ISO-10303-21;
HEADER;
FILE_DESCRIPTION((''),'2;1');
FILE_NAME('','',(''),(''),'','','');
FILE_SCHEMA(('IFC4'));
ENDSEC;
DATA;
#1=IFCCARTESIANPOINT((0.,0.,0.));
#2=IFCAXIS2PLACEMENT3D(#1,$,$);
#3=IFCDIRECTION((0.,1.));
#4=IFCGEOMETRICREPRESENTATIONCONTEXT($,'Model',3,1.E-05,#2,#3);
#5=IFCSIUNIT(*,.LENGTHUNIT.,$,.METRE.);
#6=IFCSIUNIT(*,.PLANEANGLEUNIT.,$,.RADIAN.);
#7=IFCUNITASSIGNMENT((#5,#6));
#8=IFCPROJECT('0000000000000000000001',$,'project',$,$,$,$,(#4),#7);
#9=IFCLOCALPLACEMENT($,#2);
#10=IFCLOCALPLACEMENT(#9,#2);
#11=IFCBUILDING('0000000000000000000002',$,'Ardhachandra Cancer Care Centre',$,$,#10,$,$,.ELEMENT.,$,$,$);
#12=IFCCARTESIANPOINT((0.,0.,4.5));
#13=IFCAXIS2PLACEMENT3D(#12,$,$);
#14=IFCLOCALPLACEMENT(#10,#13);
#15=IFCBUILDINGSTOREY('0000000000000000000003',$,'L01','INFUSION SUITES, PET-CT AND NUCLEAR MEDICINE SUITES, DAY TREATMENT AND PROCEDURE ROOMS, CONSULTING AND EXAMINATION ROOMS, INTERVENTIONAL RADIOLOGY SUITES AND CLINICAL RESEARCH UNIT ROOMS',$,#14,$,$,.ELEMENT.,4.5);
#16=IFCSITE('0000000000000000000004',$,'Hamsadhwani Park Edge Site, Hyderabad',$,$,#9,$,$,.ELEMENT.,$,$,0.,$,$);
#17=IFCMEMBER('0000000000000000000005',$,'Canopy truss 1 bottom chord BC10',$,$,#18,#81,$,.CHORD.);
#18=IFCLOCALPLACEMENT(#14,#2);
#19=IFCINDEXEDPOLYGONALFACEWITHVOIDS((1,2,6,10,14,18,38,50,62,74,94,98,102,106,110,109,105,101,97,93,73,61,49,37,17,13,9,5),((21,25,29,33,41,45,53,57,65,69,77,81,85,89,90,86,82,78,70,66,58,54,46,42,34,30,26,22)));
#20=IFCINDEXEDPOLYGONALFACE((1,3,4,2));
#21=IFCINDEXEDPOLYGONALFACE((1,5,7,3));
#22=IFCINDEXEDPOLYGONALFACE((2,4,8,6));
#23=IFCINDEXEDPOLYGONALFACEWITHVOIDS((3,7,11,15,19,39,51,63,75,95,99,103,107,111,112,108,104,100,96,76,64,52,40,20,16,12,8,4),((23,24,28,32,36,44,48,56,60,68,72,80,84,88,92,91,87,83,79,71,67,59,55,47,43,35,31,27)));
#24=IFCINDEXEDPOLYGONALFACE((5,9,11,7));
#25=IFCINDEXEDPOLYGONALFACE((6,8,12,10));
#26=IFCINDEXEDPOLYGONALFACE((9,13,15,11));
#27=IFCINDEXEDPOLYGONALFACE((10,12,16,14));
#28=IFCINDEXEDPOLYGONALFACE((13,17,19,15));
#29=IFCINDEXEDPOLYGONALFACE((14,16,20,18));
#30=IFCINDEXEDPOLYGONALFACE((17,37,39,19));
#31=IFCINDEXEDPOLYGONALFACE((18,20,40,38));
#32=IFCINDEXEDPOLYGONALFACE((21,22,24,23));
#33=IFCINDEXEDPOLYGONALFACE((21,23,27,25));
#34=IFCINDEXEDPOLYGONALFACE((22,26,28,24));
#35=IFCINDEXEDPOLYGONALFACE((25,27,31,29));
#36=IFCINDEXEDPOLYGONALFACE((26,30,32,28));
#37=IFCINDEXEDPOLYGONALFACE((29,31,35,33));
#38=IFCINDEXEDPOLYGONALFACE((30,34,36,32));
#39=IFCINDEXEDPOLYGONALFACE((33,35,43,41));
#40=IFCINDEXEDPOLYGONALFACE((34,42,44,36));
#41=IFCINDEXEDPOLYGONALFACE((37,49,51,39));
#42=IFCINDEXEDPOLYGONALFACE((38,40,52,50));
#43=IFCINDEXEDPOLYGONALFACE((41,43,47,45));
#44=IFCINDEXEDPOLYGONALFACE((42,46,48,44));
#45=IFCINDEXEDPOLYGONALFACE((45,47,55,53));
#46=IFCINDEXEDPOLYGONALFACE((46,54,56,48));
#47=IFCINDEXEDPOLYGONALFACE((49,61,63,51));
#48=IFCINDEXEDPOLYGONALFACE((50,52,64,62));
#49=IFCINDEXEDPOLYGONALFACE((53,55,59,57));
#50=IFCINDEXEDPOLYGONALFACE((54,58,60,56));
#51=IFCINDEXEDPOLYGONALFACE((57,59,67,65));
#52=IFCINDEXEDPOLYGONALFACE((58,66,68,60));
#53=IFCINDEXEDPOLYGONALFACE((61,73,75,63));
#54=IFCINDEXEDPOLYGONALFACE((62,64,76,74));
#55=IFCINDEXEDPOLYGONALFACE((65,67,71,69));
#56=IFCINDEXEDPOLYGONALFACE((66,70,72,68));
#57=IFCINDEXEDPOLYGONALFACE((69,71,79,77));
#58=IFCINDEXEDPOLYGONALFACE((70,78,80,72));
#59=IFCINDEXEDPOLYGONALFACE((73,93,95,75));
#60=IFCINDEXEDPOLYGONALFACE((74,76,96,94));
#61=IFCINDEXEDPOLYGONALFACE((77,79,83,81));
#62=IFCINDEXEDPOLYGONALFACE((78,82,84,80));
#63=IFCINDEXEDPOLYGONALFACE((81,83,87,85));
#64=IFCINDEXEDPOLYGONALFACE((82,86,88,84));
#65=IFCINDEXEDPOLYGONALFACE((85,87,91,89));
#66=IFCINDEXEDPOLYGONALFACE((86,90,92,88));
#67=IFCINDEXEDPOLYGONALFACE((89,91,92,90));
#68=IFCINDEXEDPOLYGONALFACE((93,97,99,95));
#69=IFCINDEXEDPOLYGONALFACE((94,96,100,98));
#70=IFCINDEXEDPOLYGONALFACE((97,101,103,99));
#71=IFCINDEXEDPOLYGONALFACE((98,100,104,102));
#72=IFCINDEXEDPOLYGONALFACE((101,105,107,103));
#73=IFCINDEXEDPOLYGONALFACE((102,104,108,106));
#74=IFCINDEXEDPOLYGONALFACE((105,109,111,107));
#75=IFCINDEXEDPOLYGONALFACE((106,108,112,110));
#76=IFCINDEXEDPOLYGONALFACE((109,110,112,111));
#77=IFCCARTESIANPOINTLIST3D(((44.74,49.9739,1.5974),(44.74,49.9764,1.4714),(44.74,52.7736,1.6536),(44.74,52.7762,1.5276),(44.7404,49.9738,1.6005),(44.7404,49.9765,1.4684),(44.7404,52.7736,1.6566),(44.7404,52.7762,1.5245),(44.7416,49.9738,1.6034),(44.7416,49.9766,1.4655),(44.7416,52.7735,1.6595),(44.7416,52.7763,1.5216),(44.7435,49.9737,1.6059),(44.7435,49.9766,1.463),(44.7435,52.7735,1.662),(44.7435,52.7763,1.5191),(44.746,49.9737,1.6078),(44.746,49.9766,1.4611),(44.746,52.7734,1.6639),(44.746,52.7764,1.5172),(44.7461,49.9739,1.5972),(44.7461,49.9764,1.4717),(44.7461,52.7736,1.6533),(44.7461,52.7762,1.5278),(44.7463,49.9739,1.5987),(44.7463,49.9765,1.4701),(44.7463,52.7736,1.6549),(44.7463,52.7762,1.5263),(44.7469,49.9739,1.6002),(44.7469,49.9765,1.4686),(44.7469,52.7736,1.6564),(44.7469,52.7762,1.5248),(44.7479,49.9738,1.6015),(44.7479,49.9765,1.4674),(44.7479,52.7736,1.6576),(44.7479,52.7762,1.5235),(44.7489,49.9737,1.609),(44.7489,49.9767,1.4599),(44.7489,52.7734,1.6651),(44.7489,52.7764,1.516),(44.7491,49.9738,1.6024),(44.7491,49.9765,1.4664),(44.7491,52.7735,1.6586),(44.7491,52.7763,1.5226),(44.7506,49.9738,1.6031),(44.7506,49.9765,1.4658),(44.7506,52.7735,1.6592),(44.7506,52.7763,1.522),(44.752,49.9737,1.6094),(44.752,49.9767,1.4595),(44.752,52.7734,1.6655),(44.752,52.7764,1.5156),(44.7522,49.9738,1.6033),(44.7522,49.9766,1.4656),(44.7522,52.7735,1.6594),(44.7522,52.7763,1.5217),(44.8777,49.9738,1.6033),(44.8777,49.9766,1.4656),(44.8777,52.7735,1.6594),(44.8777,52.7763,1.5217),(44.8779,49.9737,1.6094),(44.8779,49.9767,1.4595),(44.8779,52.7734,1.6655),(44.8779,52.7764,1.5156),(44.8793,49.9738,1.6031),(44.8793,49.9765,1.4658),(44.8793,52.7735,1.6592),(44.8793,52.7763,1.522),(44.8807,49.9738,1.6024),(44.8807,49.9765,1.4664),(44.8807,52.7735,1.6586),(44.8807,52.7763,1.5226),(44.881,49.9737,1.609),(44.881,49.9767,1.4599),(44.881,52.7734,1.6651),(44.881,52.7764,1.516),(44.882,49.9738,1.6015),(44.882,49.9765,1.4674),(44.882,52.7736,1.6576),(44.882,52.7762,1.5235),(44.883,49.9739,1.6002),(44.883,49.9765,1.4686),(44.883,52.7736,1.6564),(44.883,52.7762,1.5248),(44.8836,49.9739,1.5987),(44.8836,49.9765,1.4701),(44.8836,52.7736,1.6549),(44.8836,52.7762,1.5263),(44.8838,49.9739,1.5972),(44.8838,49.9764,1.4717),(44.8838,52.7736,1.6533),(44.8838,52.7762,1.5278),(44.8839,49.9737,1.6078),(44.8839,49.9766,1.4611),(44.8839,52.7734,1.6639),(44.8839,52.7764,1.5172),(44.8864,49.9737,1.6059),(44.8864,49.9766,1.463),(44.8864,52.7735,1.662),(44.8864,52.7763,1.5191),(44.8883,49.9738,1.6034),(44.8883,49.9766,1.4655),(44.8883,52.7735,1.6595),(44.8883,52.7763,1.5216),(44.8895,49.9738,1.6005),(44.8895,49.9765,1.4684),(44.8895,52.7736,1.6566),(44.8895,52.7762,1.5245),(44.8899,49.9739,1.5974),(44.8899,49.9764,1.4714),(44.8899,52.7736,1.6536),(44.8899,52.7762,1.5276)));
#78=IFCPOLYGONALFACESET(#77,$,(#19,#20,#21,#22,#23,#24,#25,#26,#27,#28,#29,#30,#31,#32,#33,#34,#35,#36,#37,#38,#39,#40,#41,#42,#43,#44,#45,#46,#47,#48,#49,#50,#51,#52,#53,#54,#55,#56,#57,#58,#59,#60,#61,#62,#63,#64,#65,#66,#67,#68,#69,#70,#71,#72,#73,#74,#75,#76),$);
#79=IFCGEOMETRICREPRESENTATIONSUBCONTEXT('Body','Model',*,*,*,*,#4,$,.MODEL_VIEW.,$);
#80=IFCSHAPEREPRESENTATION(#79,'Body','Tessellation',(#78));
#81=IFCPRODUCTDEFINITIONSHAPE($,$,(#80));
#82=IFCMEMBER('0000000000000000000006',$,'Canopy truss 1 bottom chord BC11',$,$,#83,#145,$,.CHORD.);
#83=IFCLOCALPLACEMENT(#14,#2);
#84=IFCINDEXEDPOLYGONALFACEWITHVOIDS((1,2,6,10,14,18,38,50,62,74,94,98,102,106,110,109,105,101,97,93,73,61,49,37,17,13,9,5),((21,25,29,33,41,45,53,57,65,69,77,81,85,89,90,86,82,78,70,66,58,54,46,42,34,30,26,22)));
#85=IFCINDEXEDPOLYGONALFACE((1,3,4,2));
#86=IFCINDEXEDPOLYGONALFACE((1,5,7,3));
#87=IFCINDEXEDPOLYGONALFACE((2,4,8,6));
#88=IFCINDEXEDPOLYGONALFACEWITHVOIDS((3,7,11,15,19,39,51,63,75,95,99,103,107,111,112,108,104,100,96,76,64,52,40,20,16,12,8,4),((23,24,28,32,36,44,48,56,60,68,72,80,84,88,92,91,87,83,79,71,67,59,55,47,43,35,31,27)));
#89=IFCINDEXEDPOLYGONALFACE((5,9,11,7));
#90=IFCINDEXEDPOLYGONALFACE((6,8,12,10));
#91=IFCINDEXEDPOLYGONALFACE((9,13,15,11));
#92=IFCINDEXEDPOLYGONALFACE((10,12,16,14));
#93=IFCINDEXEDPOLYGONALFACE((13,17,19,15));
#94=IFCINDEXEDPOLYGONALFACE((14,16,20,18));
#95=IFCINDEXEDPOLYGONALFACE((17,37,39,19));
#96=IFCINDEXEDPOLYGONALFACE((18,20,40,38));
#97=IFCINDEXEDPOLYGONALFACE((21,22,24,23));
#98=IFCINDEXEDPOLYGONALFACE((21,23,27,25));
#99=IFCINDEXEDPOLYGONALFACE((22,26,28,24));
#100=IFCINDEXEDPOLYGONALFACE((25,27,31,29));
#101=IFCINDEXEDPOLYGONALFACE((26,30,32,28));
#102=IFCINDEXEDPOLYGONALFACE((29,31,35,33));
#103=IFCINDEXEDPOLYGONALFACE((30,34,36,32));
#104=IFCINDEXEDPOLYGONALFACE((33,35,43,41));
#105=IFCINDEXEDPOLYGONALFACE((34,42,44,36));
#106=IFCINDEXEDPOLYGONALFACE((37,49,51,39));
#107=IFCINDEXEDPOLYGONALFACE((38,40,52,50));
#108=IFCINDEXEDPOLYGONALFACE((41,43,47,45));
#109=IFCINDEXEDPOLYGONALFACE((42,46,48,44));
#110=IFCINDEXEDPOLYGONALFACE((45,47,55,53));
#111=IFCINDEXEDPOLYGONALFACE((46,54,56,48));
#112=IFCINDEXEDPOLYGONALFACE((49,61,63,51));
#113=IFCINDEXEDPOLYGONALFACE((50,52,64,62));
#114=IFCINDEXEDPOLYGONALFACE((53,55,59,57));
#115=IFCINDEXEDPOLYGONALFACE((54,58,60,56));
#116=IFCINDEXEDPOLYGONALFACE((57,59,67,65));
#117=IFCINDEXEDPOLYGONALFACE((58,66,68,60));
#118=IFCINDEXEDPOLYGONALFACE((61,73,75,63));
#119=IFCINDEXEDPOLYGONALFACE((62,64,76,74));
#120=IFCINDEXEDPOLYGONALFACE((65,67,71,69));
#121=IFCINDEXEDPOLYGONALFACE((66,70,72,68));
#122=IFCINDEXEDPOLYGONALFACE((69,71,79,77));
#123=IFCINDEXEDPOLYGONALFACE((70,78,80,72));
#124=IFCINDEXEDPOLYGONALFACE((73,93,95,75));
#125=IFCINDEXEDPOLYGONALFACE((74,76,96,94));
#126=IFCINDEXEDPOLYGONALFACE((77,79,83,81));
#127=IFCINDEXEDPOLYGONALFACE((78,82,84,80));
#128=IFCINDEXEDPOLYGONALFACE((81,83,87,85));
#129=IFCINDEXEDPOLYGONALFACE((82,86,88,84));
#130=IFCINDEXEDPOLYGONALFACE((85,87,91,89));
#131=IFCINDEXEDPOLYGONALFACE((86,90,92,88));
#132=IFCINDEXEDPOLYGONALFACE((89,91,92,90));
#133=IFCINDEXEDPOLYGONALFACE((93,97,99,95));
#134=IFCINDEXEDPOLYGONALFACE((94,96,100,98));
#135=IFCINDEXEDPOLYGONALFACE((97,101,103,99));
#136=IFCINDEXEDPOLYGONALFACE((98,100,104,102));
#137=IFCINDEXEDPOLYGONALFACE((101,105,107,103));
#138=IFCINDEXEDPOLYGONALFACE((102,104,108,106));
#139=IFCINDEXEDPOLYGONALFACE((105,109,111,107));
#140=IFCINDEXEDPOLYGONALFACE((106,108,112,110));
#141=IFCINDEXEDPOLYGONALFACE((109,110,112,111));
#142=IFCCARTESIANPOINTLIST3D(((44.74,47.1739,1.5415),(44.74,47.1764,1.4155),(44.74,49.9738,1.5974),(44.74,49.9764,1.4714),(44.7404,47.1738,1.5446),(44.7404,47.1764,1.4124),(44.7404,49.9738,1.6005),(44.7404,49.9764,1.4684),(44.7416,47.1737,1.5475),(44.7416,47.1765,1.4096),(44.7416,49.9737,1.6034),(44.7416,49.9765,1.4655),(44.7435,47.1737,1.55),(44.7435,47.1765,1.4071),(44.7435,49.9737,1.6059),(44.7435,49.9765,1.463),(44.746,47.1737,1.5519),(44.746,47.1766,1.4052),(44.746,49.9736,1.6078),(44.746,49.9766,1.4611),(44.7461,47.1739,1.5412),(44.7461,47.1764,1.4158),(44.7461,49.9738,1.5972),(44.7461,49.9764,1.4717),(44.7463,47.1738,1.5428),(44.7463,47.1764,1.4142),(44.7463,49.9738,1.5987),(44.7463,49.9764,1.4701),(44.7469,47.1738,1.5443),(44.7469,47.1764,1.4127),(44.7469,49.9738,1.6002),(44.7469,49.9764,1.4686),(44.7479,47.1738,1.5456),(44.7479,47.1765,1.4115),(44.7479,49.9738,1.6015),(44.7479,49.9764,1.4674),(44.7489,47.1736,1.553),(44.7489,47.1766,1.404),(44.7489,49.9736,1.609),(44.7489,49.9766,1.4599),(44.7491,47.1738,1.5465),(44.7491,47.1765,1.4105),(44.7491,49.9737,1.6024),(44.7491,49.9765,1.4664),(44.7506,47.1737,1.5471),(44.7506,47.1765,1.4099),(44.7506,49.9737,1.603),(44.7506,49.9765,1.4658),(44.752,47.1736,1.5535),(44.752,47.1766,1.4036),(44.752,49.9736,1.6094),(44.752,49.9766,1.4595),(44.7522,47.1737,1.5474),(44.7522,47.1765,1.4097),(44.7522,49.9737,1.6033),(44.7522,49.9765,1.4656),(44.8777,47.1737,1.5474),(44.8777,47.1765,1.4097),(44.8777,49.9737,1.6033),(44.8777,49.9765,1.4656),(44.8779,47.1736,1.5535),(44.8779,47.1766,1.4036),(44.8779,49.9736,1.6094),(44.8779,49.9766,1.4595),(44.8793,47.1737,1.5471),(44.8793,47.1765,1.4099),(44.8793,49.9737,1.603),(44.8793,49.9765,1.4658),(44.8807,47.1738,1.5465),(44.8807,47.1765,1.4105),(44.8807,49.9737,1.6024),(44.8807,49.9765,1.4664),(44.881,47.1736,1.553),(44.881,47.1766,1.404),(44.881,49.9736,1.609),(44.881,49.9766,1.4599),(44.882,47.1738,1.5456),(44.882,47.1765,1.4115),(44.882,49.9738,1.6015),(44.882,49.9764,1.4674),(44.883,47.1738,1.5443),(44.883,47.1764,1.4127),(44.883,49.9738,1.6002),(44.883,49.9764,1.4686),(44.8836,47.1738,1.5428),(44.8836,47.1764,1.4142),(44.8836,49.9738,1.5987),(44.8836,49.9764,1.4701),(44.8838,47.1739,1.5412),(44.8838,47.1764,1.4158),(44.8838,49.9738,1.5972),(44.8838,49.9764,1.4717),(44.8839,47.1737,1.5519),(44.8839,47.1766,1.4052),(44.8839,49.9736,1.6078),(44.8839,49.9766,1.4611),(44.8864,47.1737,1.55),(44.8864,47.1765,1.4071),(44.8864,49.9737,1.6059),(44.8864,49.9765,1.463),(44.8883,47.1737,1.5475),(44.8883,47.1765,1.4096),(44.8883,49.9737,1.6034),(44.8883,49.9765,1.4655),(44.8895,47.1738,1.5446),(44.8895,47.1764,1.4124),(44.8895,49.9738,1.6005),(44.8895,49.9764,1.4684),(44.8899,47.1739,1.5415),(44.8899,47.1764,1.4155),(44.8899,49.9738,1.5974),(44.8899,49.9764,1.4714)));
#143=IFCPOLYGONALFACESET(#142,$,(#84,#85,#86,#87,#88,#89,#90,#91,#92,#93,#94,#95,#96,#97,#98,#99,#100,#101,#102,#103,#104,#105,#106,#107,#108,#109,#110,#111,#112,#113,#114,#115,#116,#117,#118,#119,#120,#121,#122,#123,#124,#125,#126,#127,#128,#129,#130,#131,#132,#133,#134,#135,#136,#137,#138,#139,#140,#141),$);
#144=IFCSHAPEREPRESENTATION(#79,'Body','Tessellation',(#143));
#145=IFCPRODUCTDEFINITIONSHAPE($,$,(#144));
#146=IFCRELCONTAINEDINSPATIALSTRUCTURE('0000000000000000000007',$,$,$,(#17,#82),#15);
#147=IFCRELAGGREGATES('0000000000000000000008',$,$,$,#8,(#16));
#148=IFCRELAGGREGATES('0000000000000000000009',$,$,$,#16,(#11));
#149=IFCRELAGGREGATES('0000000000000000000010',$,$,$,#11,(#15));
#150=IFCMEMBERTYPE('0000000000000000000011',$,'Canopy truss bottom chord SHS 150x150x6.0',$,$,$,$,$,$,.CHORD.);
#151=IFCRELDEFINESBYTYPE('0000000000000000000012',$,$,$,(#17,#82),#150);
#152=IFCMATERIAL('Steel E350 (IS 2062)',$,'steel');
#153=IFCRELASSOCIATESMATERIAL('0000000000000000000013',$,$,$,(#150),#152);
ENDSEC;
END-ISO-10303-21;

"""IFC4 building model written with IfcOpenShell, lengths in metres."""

from ifc_helpers import new_model, si_unit, direction, frame, origin, origin_2d, place, context, subcontext, project, spatial, hollow_rectangle, extrude, material, material_profile, profile_set, type_object, element, save


model = new_model("IFC4")

# Units and contexts
model_context = context("Model", 3, precision=1e-05, world=origin(), true_north=direction((0.0, 1.0)))
body_context = subcontext(model_context, "Body", "Model", "MODEL_VIEW")
ifc_project = project(units=[si_unit("LENGTHUNIT", "METRE"), si_unit("PLANEANGLEUNIT", "RADIAN")], contexts=[model_context])

# Site, building, storey
site_placement = place(None, origin())
site = spatial("IfcSite", under=ifc_project, at=site_placement, Name="Hamsadhwani Park Edge Site, Hyderabad", CompositionType="ELEMENT", RefElevation=0.0)
building_placement = place(site_placement, origin())
building = spatial("IfcBuilding", under=site, at=building_placement, Name="Ardhachandra Cancer Care Centre", CompositionType="ELEMENT")
storey_placement = place(building_placement, frame((0.0, 0.0, 4.5)))
storey = spatial("IfcBuildingStorey", under=building, at=storey_placement, Name="L01", Description="INFUSION SUITES, PET-CT AND NUCLEAR MEDICINE SUITES, DAY TREATMENT AND PROCEDURE ROOMS, CONSULTING AND EXAMINATION ROOMS, INTERVENTIONAL RADIOLOGY SUITES AND CLINICAL RESEARCH UNIT ROOMS", CompositionType="ELEMENT", Elevation=4.5)

# Members
ifc_material_1 = material(Name="Steel E350 (IS 2062)", Category="steel")
ifc_material_profile_1 = material_profile(ifc_material_1, hollow_rectangle(XDim=0.1499, YDim=0.1499, WallThickness=0.0061, InnerFilletRadius=0.0061, OuterFilletRadius=0.012, at=origin_2d()), Name="SHS 150x150x6.0")
ifc_profile_set_1 = profile_set([ifc_material_profile_1], Name="Steel E350 (IS 2062)")
member_type_1 = type_object("IfcMemberType", Name="Canopy truss bottom chord SHS 150x150x6.0", PredefinedType="CHORD", material=ifc_profile_set_1)
member_1_placement = place(storey_placement, frame((44.8149, 52.7749, 1.5906), z_axis=(0.0, -0.999799, -0.020052), x_axis=(1.0, 0.0, 0.0)))
element("IfcMember", 1, at=member_1_placement, inside=storey, type_object=member_type_1, Name="Canopy truss 1 bottom chord BC10", PredefinedType="CHORD", context=body_context, shape_type="SweptSolid", body=[
    extrude(hollow_rectangle(XDim=0.1499, YDim=0.1499, WallThickness=0.0061, InnerFilletRadius=0.0061, OuterFilletRadius=0.012, at=origin_2d()), origin(), (0.0, 0.0, 1.0), 2.8003),
])
for number, where, z_axis, x_axis, name in (
    (2, (44.8149, 49.9751, 1.5344), (0.0, -0.999801, -0.019963), (1.0, 0.0, 0.0), "Canopy truss 1 bottom chord BC11"),
):
    element("IfcMember", number, at=place(storey_placement, frame(where, z_axis=z_axis, x_axis=x_axis)), inside=storey, type_object=member_type_1, Name=name, PredefinedType="CHORD", context=body_context, shape_type="SweptSolid", body=[
        extrude(hollow_rectangle(XDim=0.1499, YDim=0.1499, WallThickness=0.0061, InnerFilletRadius=0.0061, OuterFilletRadius=0.012, at=origin_2d()), origin(), (0.0, 0.0, 1.0), 2.8005),
    ])

save(model, "model.ifc")
